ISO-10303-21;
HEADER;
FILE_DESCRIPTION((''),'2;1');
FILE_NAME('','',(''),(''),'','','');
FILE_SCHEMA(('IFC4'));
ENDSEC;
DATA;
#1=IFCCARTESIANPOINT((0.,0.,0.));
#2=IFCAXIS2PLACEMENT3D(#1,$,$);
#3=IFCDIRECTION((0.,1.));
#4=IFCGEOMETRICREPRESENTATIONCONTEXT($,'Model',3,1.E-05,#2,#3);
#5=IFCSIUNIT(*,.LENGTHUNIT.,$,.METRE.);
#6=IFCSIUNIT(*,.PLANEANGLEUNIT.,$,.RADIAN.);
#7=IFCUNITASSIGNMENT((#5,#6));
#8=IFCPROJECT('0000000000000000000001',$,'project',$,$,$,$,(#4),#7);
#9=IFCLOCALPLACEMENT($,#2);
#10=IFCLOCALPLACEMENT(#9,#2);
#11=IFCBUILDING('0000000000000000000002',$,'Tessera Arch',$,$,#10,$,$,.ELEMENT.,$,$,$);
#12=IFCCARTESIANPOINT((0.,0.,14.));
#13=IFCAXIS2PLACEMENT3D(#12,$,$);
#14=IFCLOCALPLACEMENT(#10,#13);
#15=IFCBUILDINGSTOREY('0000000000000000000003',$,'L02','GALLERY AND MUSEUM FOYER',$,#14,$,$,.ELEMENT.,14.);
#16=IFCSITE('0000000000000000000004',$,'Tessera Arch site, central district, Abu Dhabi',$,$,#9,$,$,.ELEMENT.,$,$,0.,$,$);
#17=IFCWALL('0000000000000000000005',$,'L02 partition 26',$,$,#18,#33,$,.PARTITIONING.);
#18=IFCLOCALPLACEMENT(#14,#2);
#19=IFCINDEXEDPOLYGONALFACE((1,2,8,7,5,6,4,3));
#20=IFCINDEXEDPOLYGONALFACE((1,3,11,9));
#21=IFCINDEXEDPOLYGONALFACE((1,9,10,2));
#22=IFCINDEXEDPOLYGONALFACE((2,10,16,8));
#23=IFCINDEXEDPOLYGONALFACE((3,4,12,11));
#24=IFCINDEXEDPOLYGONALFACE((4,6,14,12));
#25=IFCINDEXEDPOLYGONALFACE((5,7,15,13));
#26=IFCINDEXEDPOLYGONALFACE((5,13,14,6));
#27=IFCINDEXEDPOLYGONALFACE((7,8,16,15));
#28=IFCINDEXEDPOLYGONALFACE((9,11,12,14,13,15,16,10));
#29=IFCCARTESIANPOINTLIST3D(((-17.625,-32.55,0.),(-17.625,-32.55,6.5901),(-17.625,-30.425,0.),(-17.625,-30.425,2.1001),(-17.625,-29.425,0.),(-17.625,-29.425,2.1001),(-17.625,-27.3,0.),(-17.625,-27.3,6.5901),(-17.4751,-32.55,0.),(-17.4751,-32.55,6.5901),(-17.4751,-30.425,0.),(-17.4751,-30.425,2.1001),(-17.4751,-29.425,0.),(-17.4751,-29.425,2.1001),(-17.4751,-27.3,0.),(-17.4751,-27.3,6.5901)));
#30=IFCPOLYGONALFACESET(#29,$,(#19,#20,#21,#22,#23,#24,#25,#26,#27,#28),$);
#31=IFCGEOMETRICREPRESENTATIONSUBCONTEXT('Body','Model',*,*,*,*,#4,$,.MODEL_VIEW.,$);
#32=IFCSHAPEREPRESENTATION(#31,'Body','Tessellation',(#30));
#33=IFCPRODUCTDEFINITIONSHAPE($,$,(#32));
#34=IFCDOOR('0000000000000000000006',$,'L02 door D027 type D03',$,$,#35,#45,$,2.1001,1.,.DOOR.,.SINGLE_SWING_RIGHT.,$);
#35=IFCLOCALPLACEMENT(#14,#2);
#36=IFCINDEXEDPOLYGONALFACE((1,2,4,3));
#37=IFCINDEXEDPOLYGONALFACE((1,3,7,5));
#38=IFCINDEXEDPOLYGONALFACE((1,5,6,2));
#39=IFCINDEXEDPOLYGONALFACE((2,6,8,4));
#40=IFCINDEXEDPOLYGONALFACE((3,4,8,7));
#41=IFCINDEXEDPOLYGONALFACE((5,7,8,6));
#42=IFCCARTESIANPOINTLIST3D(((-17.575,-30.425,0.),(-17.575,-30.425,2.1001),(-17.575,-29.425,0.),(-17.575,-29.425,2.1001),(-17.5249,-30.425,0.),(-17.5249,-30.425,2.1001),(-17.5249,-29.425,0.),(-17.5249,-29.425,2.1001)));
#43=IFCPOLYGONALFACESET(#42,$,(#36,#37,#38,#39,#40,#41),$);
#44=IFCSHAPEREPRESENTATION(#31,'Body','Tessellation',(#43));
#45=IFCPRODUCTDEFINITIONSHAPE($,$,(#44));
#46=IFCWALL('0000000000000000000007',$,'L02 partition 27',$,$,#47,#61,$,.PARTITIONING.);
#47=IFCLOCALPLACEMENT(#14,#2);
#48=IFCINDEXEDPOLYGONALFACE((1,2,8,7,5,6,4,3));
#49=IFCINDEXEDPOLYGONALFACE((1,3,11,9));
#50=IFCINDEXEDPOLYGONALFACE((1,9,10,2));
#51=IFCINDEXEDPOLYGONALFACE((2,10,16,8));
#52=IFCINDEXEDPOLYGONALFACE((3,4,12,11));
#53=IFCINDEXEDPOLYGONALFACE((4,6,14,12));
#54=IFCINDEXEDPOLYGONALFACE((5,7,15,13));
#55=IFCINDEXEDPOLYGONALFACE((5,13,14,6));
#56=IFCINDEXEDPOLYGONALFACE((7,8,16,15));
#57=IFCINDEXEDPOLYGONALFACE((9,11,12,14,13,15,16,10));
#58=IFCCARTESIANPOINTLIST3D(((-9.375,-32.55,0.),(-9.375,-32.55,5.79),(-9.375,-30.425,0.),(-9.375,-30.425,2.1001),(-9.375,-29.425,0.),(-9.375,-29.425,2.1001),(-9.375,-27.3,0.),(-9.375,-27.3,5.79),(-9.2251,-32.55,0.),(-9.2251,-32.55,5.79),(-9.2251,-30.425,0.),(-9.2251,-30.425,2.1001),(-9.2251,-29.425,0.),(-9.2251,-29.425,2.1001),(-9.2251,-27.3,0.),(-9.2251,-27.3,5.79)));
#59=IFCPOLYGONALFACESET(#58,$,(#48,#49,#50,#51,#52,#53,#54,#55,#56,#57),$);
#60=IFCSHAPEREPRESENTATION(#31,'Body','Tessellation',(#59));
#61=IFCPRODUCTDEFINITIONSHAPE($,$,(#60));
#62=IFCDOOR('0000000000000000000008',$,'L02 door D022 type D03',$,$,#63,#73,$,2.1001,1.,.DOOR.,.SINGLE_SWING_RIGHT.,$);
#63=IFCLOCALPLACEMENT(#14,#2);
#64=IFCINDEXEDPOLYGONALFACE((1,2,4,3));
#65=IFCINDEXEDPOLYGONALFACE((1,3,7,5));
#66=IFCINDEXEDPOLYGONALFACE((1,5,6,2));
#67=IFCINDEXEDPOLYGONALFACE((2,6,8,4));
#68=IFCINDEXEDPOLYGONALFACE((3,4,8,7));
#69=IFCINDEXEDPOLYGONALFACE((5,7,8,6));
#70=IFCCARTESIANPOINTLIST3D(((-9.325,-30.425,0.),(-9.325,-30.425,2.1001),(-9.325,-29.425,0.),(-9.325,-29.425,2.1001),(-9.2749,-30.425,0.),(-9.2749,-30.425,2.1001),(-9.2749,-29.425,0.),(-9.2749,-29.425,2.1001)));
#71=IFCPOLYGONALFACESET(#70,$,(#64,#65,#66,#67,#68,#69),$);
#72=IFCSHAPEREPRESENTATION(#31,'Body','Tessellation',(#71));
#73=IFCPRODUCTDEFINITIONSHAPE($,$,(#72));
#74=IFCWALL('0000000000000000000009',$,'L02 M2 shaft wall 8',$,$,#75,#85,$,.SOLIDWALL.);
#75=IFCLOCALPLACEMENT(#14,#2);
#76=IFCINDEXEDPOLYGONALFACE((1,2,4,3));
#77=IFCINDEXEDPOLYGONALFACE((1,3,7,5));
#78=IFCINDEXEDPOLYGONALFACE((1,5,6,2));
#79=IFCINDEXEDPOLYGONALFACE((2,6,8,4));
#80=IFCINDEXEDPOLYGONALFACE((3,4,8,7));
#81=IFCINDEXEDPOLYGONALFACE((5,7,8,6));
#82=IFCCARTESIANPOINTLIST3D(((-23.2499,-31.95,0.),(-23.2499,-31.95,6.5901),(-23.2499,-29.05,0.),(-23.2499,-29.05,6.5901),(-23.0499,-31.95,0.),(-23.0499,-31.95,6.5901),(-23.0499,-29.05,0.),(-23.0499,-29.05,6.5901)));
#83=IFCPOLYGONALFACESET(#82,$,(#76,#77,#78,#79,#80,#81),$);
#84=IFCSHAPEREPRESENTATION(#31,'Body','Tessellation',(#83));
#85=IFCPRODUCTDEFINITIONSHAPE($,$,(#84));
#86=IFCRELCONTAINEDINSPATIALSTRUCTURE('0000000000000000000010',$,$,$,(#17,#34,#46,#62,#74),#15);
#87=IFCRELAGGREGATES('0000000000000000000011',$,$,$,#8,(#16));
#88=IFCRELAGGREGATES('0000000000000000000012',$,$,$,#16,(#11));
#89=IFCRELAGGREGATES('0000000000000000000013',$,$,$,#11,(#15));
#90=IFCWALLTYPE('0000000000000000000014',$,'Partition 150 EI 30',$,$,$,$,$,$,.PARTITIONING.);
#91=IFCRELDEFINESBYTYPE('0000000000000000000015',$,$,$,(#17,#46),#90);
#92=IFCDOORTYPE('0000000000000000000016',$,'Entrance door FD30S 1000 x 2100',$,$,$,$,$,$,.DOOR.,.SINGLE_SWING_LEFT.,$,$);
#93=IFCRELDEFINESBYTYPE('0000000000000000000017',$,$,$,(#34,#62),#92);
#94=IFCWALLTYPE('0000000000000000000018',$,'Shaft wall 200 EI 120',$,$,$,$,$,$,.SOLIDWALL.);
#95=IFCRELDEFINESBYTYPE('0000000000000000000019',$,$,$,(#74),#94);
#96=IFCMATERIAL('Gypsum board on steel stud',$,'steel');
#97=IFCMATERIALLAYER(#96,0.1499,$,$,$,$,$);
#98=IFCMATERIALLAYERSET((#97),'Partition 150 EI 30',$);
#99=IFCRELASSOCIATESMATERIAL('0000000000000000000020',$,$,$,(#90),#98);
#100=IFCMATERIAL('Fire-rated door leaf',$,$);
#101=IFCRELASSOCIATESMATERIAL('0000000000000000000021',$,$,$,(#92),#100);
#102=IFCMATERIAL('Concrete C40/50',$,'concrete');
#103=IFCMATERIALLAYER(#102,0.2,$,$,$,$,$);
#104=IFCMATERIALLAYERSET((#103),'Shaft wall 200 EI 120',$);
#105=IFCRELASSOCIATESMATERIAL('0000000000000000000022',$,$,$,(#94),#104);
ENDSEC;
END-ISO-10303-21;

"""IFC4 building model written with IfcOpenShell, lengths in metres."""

from ifc_helpers import new_model, si_unit, direction, frame, frame_2d, origin, place, context, subcontext, project, spatial, rectangle, extrude, material, layer, layer_set, type_object, element, fill, save


model = new_model("IFC4")

# Units and contexts
model_context = context("Model", 3, precision=1e-05, world=origin(), true_north=direction((0.0, 1.0)))
body_context = subcontext(model_context, "Body", "Model", "MODEL_VIEW")
ifc_project = project(units=[si_unit("LENGTHUNIT", "METRE"), si_unit("PLANEANGLEUNIT", "RADIAN")], contexts=[model_context])

# Site, building, storey
site_placement = place(None, origin())
site = spatial("IfcSite", under=ifc_project, at=site_placement, Name="Tessera Arch site, central district, Abu Dhabi", CompositionType="ELEMENT", RefElevation=0.0)
building_placement = place(site_placement, origin())
building = spatial("IfcBuilding", under=site, at=building_placement, Name="Tessera Arch", CompositionType="ELEMENT")
storey_placement = place(building_placement, frame((0.0, 0.0, 14.0)))
storey = spatial("IfcBuildingStorey", under=building, at=storey_placement, Name="L02", Description="GALLERY AND MUSEUM FOYER", CompositionType="ELEMENT", Elevation=14.0)

# Walls, openings, doors
ifc_material_1 = material(Name="Gypsum board on steel stud", Category="steel")
ifc_layer_1 = layer(ifc_material_1, 0.1499)
ifc_layer_set_1 = layer_set([ifc_layer_1], Name="Partition 150 EI 30")
wall_type_1 = type_object("IfcWallType", Name="Partition 150 EI 30", PredefinedType="PARTITIONING", material=ifc_layer_set_1)
wall_1_placement = place(storey_placement, frame((-17.55, -32.55, 0.0), z_axis=(0.0, 0.0, 1.0), x_axis=(0.0, 1.0, 0.0)))
wall_1 = element("IfcWall", 1, at=wall_1_placement, inside=storey, type_object=wall_type_1, Name="L02 partition 26", PredefinedType="PARTITIONING", context=body_context, shape_type="SweptSolid", body=[
    extrude(rectangle(XDim=5.25, YDim=0.1499, at=frame_2d((2.625, 0.0))), origin(), (0.0, 0.0, 1.0), 6.5901),
])
opening_1_placement = place(wall_1_placement, frame((2.125, 0.0, 0.0)))
opening_1 = element("IfcOpeningElement", 2, at=opening_1_placement, cuts=wall_1, PredefinedType="OPENING", context=body_context, shape_type="SweptSolid", body=[
    extrude(rectangle(XDim=1.0, YDim=2.1001, at=frame_2d((0.5, 1.05))), frame((0.0, 0.085, 0.0), z_axis=(0.0, -1.0, 0.0), x_axis=(1.0, 0.0, 0.0)), (0.0, 0.0, 1.0), 0.1699),
])
ifc_material_2 = material(Name="Fire-rated door leaf")
door_type = type_object("IfcDoorType", Name="Entrance door FD30S 1000 x 2100", OperationType="SINGLE_SWING_LEFT", PredefinedType="DOOR", material=ifc_material_2)
door_1_placement = place(opening_1_placement, origin())
door_1 = element("IfcDoor", 3, at=door_1_placement, inside=storey, type_object=door_type, Name="L02 door D027 type D03", OperationType="SINGLE_SWING_RIGHT", OverallHeight=2.1001, OverallWidth=1.0, PredefinedType="DOOR", context=body_context, shape_type="SweptSolid", body=[
    extrude(rectangle(XDim=1.0, YDim=2.1001, at=frame_2d((0.5, 1.05))), frame((0.0, 0.0249, 0.0), z_axis=(0.0, -1.0, 0.0), x_axis=(1.0, 0.0, 0.0)), (0.0, 0.0, 1.0), 0.05),
])
fill(opening_1, door_1)
wall_2_placement = place(storey_placement, frame((-9.3, -32.55, 0.0), z_axis=(0.0, 0.0, 1.0), x_axis=(0.0, 1.0, 0.0)))
wall_2 = element("IfcWall", 4, at=wall_2_placement, inside=storey, type_object=wall_type_1, Name="L02 partition 27", PredefinedType="PARTITIONING", context=body_context, shape_type="SweptSolid", body=[
    extrude(rectangle(XDim=5.25, YDim=0.1499, at=frame_2d((2.625, 0.0))), origin(), (0.0, 0.0, 1.0), 5.79),
])
opening_2_placement = place(wall_2_placement, frame((2.125, 0.0, 0.0)))
opening_2 = element("IfcOpeningElement", 5, at=opening_2_placement, cuts=wall_2, PredefinedType="OPENING", context=body_context, shape_type="SweptSolid", body=[
    extrude(rectangle(XDim=1.0, YDim=2.1001, at=frame_2d((0.5, 1.05))), frame((0.0, 0.085, 0.0), z_axis=(0.0, -1.0, 0.0), x_axis=(1.0, 0.0, 0.0)), (0.0, 0.0, 1.0), 0.1699),
])
door_2_placement = place(opening_2_placement, origin())
door_2 = element("IfcDoor", 6, at=door_2_placement, inside=storey, type_object=door_type, Name="L02 door D022 type D03", OperationType="SINGLE_SWING_RIGHT", OverallHeight=2.1001, OverallWidth=1.0, PredefinedType="DOOR", context=body_context, shape_type="SweptSolid", body=[
    extrude(rectangle(XDim=1.0, YDim=2.1001, at=frame_2d((0.5, 1.05))), frame((0.0, 0.0249, 0.0), z_axis=(0.0, -1.0, 0.0), x_axis=(1.0, 0.0, 0.0)), (0.0, 0.0, 1.0), 0.05),
])
fill(opening_2, door_2)

# Wall
ifc_material_3 = material(Name="Concrete C40/50", Category="concrete")
ifc_layer_2 = layer(ifc_material_3, 0.2)
ifc_layer_set_2 = layer_set([ifc_layer_2], Name="Shaft wall 200 EI 120")
wall_type_2 = type_object("IfcWallType", Name="Shaft wall 200 EI 120", PredefinedType="SOLIDWALL", material=ifc_layer_set_2)
wall_3_placement = place(storey_placement, frame((-23.1499, -31.95, 0.0), z_axis=(0.0, 0.0, 1.0), x_axis=(0.0, 1.0, 0.0)))
element("IfcWall", 7, at=wall_3_placement, inside=storey, type_object=wall_type_2, Name="L02 M2 shaft wall 8", PredefinedType="SOLIDWALL", context=body_context, shape_type="SweptSolid", body=[
    extrude(rectangle(XDim=2.8999, YDim=0.2, at=frame_2d((1.45, 0.0))), origin(), (0.0, 0.0, 1.0), 6.5901),
])

save(model, "model.ifc")
